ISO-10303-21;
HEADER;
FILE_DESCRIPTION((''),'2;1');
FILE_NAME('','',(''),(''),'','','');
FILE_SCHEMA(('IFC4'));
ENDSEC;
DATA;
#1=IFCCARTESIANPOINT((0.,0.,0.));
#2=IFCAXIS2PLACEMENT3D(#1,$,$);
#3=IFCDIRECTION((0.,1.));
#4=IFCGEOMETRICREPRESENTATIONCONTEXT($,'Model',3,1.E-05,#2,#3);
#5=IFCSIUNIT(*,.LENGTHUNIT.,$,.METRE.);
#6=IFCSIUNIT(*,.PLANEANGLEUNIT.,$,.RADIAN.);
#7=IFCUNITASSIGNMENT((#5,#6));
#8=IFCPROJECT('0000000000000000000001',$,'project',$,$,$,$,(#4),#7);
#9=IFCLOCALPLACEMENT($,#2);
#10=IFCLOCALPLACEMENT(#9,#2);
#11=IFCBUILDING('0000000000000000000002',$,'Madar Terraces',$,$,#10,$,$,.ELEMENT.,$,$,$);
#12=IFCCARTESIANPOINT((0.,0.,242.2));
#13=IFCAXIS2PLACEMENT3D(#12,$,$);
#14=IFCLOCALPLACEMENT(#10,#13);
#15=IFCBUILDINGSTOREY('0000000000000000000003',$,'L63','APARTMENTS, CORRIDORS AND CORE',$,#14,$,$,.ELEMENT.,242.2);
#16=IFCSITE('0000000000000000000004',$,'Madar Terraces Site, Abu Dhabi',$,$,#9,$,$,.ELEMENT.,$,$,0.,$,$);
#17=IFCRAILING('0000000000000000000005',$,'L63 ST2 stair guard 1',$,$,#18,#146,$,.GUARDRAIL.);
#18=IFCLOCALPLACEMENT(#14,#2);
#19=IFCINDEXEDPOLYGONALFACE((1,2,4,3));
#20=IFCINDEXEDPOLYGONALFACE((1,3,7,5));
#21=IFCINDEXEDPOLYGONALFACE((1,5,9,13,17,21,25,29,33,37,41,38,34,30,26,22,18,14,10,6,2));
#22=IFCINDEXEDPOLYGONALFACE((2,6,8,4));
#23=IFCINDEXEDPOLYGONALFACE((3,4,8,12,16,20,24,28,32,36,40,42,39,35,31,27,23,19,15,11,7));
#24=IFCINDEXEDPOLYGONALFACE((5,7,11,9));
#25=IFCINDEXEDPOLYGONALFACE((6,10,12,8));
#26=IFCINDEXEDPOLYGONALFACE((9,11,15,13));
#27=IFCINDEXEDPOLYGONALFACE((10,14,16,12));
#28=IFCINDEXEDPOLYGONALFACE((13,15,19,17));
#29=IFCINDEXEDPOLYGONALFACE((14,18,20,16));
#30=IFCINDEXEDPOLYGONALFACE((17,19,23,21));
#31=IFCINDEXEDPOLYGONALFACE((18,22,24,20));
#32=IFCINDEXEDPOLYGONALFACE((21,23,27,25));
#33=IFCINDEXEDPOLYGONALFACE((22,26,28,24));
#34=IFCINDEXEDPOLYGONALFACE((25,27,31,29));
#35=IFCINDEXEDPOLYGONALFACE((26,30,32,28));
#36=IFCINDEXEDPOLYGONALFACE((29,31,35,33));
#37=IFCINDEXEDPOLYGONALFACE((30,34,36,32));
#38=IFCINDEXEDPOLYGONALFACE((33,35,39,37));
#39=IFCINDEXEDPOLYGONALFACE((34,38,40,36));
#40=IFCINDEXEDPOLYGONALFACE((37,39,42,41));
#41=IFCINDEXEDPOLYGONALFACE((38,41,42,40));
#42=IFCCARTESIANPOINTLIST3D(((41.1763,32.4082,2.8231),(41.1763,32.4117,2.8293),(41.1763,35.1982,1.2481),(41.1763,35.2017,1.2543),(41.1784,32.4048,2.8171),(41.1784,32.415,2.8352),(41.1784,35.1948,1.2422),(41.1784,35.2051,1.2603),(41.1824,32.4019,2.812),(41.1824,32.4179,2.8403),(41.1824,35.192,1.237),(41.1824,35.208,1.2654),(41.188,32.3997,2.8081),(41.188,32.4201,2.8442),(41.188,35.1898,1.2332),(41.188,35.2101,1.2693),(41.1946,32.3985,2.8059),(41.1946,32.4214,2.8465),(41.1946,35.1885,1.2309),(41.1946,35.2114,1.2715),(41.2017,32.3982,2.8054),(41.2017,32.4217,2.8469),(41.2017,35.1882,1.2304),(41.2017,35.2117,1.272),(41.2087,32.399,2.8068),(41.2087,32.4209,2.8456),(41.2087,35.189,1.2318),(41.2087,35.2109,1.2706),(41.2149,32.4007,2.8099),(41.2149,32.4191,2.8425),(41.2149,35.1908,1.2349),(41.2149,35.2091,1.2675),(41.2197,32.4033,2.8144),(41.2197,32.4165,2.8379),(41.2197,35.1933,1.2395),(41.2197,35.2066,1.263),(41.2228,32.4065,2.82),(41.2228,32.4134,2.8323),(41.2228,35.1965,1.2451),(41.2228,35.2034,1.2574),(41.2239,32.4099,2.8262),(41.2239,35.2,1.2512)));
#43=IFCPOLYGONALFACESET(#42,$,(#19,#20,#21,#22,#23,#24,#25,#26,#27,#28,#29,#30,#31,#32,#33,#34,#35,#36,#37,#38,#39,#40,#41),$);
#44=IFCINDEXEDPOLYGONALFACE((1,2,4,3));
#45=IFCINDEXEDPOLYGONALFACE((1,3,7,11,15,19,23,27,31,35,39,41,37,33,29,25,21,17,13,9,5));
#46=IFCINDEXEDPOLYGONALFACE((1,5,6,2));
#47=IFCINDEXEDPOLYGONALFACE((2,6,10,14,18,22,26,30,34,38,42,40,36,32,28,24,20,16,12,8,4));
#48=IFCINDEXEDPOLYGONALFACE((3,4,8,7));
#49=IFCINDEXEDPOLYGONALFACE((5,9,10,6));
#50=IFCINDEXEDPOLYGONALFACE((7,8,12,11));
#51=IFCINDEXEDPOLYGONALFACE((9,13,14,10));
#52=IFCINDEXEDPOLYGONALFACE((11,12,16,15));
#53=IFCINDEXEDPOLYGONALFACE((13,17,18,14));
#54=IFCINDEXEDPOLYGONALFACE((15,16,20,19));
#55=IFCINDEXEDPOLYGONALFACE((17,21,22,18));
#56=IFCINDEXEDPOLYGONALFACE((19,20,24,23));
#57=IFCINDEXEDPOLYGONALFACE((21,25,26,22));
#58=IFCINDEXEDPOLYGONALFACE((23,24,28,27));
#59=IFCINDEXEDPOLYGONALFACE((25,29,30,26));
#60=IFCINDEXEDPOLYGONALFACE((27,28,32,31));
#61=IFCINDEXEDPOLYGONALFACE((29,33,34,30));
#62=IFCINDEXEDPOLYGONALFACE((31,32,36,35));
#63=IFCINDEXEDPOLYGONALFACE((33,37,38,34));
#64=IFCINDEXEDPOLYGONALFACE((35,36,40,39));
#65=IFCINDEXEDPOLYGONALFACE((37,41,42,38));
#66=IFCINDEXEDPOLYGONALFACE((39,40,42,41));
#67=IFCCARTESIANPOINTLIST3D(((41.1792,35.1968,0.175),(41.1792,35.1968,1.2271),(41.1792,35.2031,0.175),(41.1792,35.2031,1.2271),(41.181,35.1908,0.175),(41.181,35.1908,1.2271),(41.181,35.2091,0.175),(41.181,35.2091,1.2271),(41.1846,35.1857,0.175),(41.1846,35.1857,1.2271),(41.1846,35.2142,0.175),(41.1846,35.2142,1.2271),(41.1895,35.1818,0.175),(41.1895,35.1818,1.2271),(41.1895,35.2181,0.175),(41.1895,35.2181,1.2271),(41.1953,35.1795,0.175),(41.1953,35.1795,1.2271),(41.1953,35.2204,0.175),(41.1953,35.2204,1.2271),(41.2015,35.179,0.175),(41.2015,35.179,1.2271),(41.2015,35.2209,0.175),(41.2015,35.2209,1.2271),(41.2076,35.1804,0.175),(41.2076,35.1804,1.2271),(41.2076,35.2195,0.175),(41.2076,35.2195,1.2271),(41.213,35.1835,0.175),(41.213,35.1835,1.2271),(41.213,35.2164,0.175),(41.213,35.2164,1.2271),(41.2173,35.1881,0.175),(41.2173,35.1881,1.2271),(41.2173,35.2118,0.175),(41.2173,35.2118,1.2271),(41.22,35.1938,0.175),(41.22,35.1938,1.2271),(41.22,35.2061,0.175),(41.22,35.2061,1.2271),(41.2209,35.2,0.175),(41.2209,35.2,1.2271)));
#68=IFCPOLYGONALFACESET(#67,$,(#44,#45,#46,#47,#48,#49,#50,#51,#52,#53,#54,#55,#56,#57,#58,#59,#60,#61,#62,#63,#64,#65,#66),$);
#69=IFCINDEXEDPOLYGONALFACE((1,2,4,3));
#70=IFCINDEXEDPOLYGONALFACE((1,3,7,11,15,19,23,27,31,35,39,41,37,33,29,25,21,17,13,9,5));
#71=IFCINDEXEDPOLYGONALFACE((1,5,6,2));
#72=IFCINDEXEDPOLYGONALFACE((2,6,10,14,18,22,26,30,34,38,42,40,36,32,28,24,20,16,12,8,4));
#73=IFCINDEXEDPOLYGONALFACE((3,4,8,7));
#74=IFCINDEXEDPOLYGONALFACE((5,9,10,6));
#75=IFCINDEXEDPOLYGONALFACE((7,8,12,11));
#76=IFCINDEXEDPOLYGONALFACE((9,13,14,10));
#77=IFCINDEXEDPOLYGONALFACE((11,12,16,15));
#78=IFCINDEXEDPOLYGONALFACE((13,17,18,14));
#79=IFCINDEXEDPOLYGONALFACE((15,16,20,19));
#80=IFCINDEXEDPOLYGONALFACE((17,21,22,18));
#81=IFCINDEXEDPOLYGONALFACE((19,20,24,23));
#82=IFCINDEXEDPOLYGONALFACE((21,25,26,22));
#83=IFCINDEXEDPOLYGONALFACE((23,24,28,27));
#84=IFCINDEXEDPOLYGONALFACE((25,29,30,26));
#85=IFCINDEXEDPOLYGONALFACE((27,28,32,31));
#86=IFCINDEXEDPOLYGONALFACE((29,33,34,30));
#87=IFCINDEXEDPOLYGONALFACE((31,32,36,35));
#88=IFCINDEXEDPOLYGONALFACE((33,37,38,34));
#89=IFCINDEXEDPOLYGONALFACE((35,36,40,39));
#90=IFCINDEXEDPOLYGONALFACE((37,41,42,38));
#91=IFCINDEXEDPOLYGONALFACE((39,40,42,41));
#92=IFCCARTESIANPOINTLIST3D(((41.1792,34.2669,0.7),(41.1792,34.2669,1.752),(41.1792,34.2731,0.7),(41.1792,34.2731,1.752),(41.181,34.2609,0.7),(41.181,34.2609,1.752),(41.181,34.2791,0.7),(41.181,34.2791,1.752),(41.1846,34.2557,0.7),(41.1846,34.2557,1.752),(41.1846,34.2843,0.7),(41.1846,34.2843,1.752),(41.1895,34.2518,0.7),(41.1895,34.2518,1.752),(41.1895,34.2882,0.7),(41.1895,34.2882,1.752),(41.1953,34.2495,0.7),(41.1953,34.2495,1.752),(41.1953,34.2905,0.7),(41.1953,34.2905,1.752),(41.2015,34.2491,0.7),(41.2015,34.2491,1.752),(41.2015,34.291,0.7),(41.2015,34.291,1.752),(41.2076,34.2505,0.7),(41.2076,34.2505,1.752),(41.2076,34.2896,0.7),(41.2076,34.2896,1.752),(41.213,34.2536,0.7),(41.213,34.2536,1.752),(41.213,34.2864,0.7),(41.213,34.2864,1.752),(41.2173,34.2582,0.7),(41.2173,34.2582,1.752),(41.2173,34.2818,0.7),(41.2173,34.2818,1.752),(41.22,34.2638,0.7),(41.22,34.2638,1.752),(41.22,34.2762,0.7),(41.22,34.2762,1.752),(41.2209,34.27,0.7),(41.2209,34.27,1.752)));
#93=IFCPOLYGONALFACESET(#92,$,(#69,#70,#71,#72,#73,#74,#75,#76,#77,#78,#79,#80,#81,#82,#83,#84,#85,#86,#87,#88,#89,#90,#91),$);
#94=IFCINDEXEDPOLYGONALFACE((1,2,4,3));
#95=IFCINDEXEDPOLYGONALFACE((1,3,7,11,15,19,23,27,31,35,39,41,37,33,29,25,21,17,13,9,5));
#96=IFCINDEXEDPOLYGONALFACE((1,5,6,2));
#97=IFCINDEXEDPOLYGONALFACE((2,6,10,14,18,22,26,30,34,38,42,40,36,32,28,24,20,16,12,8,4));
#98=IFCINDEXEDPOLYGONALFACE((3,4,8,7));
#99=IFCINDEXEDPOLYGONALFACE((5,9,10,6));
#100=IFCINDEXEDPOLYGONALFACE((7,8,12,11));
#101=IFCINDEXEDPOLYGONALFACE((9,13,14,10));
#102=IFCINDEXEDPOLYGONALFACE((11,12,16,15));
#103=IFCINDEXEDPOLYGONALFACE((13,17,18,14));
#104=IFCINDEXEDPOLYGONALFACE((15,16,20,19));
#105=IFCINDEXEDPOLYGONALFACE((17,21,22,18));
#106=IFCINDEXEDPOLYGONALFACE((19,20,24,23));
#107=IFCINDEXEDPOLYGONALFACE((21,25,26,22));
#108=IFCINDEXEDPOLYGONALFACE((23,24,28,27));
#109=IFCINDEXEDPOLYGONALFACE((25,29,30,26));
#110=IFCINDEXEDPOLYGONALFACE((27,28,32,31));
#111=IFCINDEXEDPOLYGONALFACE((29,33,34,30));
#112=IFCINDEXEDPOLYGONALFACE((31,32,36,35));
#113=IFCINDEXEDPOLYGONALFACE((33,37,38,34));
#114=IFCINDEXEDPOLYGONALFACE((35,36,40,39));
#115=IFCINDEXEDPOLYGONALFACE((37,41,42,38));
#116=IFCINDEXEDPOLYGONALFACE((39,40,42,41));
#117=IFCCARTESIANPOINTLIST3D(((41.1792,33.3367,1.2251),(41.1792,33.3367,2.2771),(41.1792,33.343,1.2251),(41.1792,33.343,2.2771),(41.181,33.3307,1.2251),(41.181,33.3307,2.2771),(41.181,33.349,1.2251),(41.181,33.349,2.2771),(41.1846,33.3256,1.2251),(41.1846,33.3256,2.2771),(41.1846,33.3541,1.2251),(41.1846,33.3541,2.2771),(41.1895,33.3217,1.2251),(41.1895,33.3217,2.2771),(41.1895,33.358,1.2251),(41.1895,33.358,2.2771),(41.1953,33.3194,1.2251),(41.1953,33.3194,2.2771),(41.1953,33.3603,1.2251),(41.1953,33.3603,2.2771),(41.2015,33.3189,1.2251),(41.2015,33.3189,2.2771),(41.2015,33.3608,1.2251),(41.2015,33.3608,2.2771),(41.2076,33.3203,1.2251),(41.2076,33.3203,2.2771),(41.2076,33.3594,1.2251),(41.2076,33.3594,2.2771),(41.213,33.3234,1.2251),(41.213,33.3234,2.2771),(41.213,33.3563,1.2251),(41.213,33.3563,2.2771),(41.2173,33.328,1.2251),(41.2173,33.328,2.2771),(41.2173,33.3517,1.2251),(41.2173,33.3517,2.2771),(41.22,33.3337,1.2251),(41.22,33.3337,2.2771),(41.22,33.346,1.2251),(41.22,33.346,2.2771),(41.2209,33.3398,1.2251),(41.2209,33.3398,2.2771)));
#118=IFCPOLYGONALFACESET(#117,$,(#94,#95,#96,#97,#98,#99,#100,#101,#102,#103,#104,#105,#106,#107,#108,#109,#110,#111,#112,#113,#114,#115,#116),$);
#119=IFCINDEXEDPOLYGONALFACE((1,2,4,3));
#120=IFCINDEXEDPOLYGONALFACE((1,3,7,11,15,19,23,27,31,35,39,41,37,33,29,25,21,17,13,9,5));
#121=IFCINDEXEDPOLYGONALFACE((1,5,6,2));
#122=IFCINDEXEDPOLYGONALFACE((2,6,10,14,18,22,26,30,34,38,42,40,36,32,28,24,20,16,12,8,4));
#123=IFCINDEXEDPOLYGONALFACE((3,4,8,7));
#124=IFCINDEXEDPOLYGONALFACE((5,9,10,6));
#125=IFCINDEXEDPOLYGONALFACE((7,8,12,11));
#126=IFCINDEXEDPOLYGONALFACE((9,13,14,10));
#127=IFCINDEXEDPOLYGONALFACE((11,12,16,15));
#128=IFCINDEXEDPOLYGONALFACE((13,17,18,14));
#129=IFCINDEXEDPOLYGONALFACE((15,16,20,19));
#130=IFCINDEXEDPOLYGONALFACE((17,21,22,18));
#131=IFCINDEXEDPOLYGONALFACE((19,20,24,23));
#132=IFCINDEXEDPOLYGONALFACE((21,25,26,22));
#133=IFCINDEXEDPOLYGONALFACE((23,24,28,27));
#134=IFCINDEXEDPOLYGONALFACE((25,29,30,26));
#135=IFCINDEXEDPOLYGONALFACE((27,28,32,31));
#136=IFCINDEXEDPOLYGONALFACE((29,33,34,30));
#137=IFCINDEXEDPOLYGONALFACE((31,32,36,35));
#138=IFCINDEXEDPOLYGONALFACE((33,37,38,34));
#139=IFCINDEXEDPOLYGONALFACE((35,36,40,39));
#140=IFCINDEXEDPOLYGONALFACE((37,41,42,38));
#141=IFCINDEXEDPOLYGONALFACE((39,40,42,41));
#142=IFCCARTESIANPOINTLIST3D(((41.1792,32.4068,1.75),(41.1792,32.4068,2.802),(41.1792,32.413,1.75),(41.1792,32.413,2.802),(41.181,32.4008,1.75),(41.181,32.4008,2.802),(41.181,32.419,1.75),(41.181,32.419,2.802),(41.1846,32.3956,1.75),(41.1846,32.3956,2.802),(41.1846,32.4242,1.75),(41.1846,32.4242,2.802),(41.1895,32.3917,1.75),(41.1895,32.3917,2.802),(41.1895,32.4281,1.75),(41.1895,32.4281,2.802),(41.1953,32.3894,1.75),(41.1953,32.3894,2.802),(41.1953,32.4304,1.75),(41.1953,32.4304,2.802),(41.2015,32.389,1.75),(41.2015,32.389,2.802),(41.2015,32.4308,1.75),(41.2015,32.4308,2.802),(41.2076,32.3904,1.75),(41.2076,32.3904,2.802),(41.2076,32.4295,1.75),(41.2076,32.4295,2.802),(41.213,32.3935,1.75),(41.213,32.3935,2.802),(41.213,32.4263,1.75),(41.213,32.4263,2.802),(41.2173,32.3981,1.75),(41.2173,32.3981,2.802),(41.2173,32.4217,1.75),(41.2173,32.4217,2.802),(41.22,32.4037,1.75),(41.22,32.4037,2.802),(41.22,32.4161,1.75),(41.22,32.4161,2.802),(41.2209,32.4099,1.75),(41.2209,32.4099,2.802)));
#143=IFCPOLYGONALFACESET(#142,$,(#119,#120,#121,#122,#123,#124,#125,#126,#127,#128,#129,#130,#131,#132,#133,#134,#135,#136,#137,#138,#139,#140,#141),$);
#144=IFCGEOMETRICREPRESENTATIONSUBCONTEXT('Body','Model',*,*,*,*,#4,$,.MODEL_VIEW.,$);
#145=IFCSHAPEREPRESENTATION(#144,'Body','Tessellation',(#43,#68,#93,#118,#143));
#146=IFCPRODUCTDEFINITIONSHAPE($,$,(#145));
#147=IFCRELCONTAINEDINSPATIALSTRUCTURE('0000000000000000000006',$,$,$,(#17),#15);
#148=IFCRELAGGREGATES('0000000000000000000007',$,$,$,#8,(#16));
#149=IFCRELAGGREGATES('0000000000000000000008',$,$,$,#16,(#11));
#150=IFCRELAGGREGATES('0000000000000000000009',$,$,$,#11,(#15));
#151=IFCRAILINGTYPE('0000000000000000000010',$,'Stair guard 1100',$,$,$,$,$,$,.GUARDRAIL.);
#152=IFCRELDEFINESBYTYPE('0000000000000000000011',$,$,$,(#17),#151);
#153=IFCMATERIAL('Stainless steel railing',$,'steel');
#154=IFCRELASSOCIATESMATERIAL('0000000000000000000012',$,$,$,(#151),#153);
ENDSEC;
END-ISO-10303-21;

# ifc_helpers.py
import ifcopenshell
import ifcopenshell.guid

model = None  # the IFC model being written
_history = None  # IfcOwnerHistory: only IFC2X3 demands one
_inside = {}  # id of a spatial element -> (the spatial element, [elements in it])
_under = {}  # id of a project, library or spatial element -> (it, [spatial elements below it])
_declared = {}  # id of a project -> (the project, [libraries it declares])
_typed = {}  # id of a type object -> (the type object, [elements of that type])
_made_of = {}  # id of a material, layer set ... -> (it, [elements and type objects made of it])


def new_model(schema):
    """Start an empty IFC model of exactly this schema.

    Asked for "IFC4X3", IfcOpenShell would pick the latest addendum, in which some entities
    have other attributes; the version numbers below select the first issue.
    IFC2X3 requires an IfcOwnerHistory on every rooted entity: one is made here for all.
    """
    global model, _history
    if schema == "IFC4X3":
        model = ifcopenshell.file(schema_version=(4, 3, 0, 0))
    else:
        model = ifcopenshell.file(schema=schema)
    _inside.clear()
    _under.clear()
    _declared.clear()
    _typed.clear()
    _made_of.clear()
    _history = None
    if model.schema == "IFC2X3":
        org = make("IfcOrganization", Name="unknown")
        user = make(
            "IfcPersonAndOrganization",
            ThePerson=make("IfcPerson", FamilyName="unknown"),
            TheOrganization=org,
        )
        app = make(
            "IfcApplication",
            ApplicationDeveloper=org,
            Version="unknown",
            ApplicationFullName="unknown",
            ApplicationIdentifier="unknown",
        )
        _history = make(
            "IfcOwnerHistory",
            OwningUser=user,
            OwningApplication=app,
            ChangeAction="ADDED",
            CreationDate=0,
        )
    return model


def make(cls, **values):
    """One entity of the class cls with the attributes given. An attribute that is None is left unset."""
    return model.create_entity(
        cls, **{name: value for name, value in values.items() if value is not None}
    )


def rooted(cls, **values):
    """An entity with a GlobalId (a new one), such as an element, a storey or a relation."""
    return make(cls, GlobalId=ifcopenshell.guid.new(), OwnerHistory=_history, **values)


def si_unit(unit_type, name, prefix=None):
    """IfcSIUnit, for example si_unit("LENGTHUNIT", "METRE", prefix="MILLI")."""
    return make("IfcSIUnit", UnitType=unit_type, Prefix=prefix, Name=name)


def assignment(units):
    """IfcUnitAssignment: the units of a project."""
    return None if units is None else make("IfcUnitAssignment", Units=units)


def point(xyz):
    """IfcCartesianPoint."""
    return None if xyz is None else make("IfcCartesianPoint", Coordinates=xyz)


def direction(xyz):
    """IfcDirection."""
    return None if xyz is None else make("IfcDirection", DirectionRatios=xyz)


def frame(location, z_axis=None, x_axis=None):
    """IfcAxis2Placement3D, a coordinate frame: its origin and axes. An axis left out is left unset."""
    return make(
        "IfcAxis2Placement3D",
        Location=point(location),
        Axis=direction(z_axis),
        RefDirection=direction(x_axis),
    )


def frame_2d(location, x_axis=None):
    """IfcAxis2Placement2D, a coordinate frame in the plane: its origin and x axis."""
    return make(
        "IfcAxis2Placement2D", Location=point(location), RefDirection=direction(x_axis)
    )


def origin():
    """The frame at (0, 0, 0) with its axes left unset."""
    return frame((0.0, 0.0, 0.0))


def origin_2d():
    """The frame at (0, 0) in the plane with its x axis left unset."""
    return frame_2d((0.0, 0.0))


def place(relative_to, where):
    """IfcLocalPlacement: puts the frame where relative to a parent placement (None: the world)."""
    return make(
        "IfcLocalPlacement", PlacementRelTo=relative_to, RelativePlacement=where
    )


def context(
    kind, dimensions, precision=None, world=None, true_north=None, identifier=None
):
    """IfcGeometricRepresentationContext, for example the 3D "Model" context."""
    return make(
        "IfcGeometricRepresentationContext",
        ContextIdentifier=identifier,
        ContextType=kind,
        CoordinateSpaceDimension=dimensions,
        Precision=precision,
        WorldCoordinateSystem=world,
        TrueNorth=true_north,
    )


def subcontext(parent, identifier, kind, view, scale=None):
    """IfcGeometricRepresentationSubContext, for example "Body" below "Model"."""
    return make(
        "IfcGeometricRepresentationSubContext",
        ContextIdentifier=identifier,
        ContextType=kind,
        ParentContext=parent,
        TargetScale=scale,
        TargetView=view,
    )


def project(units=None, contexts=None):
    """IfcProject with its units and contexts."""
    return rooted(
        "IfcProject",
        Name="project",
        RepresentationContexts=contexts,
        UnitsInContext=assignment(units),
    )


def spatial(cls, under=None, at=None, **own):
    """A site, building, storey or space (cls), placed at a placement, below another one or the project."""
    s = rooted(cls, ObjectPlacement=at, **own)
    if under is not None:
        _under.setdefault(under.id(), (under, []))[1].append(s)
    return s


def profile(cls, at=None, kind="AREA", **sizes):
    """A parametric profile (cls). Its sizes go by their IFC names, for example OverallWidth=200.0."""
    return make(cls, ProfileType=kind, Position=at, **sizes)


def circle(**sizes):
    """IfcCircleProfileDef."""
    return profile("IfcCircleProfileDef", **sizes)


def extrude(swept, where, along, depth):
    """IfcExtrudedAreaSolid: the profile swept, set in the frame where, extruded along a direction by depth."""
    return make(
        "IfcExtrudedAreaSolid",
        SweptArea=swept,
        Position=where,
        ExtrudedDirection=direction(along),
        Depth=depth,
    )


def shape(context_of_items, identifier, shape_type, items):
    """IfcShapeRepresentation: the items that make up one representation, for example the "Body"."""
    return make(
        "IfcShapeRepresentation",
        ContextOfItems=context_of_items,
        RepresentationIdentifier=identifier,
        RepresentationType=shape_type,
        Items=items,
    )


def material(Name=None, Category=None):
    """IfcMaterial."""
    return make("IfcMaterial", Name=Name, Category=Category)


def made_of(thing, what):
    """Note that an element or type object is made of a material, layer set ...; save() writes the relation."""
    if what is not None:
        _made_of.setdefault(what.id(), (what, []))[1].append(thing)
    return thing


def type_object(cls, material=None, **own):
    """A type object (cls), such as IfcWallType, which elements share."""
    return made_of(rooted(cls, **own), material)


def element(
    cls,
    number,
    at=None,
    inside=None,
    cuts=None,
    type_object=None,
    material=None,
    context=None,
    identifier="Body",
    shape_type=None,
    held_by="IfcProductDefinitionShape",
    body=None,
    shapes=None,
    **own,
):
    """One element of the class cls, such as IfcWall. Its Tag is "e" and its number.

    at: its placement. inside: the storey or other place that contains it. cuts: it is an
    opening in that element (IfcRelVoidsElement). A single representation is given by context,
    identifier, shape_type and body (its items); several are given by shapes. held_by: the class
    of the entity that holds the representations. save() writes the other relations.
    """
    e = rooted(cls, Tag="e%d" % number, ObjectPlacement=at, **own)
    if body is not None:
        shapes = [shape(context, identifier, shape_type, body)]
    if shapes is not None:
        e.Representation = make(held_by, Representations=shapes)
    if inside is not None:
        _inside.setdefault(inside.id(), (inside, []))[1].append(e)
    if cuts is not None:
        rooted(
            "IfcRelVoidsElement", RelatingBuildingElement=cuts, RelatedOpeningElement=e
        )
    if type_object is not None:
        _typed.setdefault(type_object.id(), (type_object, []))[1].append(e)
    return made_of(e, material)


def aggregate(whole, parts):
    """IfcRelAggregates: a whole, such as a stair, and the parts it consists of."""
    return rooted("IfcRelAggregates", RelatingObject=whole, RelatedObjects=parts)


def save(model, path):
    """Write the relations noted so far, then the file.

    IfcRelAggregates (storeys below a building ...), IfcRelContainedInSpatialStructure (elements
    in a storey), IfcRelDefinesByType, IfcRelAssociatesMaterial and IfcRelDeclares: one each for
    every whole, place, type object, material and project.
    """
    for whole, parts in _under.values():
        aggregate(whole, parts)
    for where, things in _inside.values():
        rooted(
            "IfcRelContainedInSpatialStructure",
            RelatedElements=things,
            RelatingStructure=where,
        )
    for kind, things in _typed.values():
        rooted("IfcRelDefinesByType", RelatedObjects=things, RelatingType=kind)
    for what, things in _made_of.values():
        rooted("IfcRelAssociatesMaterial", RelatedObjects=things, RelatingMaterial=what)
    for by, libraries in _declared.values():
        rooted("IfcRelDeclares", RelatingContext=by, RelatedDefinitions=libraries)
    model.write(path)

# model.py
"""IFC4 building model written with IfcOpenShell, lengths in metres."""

from ifc_helpers import new_model, si_unit, direction, frame, origin, origin_2d, place, context, subcontext, project, spatial, circle, extrude, material, type_object, element, save


model = new_model("IFC4")

# Units and contexts
model_context = context("Model", 3, precision=1e-05, world=origin(), true_north=direction((0.0, 1.0)))
body_context = subcontext(model_context, "Body", "Model", "MODEL_VIEW")
ifc_project = project(units=[si_unit("LENGTHUNIT", "METRE"), si_unit("PLANEANGLEUNIT", "RADIAN")], contexts=[model_context])

# Site, building, storey
site_placement = place(None, origin())
site = spatial("IfcSite", under=ifc_project, at=site_placement, Name="Madar Terraces Site, Abu Dhabi", CompositionType="ELEMENT", RefElevation=0.0)
building_placement = place(site_placement, origin())
building = spatial("IfcBuilding", under=site, at=building_placement, Name="Madar Terraces", CompositionType="ELEMENT")
storey_placement = place(building_placement, frame((0.0, 0.0, 242.2)))
storey = spatial("IfcBuildingStorey", under=building, at=storey_placement, Name="L63", Description="APARTMENTS, CORRIDORS AND CORE", CompositionType="ELEMENT", Elevation=242.2)

# Railing
ifc_material_1 = material(Name="Stainless steel railing", Category="steel")
railing_type_1 = type_object("IfcRailingType", Name="Stair guard 1100", PredefinedType="GUARDRAIL", material=ifc_material_1)
railing_1_placement = place(storey_placement, frame((41.2, 35.2, 0.175)))
element("IfcRailing", 1, at=railing_1_placement, inside=storey, type_object=railing_type_1, Name="L63 ST2 stair guard 1", PredefinedType="GUARDRAIL", context=body_context, shape_type="SweptSolid", body=[
    extrude(circle(Radius=0.0239, at=origin_2d()), frame((0.0, 0.0, 1.0762), z_axis=(0.0, -0.870834, 0.491578), x_axis=(1.0, 0.0, 0.0)), (0.0, 0.0, 1.0), 3.2039),
    extrude(circle(Radius=0.021, at=origin_2d()), origin(), (0.0, 0.0, 1.0), 1.052),
    extrude(circle(Radius=0.021, at=origin_2d()), frame((0.0, -0.9299, 0.5249)), (0.0, 0.0, 1.0), 1.052),
    extrude(circle(Radius=0.021, at=origin_2d()), frame((0.0, -1.8601, 1.05)), (0.0, 0.0, 1.0), 1.052),
    extrude(circle(Radius=0.021, at=origin_2d()), frame((0.0, -2.79, 1.575)), (0.0, 0.0, 1.0), 1.052),
])

save(model, "model.ifc")
